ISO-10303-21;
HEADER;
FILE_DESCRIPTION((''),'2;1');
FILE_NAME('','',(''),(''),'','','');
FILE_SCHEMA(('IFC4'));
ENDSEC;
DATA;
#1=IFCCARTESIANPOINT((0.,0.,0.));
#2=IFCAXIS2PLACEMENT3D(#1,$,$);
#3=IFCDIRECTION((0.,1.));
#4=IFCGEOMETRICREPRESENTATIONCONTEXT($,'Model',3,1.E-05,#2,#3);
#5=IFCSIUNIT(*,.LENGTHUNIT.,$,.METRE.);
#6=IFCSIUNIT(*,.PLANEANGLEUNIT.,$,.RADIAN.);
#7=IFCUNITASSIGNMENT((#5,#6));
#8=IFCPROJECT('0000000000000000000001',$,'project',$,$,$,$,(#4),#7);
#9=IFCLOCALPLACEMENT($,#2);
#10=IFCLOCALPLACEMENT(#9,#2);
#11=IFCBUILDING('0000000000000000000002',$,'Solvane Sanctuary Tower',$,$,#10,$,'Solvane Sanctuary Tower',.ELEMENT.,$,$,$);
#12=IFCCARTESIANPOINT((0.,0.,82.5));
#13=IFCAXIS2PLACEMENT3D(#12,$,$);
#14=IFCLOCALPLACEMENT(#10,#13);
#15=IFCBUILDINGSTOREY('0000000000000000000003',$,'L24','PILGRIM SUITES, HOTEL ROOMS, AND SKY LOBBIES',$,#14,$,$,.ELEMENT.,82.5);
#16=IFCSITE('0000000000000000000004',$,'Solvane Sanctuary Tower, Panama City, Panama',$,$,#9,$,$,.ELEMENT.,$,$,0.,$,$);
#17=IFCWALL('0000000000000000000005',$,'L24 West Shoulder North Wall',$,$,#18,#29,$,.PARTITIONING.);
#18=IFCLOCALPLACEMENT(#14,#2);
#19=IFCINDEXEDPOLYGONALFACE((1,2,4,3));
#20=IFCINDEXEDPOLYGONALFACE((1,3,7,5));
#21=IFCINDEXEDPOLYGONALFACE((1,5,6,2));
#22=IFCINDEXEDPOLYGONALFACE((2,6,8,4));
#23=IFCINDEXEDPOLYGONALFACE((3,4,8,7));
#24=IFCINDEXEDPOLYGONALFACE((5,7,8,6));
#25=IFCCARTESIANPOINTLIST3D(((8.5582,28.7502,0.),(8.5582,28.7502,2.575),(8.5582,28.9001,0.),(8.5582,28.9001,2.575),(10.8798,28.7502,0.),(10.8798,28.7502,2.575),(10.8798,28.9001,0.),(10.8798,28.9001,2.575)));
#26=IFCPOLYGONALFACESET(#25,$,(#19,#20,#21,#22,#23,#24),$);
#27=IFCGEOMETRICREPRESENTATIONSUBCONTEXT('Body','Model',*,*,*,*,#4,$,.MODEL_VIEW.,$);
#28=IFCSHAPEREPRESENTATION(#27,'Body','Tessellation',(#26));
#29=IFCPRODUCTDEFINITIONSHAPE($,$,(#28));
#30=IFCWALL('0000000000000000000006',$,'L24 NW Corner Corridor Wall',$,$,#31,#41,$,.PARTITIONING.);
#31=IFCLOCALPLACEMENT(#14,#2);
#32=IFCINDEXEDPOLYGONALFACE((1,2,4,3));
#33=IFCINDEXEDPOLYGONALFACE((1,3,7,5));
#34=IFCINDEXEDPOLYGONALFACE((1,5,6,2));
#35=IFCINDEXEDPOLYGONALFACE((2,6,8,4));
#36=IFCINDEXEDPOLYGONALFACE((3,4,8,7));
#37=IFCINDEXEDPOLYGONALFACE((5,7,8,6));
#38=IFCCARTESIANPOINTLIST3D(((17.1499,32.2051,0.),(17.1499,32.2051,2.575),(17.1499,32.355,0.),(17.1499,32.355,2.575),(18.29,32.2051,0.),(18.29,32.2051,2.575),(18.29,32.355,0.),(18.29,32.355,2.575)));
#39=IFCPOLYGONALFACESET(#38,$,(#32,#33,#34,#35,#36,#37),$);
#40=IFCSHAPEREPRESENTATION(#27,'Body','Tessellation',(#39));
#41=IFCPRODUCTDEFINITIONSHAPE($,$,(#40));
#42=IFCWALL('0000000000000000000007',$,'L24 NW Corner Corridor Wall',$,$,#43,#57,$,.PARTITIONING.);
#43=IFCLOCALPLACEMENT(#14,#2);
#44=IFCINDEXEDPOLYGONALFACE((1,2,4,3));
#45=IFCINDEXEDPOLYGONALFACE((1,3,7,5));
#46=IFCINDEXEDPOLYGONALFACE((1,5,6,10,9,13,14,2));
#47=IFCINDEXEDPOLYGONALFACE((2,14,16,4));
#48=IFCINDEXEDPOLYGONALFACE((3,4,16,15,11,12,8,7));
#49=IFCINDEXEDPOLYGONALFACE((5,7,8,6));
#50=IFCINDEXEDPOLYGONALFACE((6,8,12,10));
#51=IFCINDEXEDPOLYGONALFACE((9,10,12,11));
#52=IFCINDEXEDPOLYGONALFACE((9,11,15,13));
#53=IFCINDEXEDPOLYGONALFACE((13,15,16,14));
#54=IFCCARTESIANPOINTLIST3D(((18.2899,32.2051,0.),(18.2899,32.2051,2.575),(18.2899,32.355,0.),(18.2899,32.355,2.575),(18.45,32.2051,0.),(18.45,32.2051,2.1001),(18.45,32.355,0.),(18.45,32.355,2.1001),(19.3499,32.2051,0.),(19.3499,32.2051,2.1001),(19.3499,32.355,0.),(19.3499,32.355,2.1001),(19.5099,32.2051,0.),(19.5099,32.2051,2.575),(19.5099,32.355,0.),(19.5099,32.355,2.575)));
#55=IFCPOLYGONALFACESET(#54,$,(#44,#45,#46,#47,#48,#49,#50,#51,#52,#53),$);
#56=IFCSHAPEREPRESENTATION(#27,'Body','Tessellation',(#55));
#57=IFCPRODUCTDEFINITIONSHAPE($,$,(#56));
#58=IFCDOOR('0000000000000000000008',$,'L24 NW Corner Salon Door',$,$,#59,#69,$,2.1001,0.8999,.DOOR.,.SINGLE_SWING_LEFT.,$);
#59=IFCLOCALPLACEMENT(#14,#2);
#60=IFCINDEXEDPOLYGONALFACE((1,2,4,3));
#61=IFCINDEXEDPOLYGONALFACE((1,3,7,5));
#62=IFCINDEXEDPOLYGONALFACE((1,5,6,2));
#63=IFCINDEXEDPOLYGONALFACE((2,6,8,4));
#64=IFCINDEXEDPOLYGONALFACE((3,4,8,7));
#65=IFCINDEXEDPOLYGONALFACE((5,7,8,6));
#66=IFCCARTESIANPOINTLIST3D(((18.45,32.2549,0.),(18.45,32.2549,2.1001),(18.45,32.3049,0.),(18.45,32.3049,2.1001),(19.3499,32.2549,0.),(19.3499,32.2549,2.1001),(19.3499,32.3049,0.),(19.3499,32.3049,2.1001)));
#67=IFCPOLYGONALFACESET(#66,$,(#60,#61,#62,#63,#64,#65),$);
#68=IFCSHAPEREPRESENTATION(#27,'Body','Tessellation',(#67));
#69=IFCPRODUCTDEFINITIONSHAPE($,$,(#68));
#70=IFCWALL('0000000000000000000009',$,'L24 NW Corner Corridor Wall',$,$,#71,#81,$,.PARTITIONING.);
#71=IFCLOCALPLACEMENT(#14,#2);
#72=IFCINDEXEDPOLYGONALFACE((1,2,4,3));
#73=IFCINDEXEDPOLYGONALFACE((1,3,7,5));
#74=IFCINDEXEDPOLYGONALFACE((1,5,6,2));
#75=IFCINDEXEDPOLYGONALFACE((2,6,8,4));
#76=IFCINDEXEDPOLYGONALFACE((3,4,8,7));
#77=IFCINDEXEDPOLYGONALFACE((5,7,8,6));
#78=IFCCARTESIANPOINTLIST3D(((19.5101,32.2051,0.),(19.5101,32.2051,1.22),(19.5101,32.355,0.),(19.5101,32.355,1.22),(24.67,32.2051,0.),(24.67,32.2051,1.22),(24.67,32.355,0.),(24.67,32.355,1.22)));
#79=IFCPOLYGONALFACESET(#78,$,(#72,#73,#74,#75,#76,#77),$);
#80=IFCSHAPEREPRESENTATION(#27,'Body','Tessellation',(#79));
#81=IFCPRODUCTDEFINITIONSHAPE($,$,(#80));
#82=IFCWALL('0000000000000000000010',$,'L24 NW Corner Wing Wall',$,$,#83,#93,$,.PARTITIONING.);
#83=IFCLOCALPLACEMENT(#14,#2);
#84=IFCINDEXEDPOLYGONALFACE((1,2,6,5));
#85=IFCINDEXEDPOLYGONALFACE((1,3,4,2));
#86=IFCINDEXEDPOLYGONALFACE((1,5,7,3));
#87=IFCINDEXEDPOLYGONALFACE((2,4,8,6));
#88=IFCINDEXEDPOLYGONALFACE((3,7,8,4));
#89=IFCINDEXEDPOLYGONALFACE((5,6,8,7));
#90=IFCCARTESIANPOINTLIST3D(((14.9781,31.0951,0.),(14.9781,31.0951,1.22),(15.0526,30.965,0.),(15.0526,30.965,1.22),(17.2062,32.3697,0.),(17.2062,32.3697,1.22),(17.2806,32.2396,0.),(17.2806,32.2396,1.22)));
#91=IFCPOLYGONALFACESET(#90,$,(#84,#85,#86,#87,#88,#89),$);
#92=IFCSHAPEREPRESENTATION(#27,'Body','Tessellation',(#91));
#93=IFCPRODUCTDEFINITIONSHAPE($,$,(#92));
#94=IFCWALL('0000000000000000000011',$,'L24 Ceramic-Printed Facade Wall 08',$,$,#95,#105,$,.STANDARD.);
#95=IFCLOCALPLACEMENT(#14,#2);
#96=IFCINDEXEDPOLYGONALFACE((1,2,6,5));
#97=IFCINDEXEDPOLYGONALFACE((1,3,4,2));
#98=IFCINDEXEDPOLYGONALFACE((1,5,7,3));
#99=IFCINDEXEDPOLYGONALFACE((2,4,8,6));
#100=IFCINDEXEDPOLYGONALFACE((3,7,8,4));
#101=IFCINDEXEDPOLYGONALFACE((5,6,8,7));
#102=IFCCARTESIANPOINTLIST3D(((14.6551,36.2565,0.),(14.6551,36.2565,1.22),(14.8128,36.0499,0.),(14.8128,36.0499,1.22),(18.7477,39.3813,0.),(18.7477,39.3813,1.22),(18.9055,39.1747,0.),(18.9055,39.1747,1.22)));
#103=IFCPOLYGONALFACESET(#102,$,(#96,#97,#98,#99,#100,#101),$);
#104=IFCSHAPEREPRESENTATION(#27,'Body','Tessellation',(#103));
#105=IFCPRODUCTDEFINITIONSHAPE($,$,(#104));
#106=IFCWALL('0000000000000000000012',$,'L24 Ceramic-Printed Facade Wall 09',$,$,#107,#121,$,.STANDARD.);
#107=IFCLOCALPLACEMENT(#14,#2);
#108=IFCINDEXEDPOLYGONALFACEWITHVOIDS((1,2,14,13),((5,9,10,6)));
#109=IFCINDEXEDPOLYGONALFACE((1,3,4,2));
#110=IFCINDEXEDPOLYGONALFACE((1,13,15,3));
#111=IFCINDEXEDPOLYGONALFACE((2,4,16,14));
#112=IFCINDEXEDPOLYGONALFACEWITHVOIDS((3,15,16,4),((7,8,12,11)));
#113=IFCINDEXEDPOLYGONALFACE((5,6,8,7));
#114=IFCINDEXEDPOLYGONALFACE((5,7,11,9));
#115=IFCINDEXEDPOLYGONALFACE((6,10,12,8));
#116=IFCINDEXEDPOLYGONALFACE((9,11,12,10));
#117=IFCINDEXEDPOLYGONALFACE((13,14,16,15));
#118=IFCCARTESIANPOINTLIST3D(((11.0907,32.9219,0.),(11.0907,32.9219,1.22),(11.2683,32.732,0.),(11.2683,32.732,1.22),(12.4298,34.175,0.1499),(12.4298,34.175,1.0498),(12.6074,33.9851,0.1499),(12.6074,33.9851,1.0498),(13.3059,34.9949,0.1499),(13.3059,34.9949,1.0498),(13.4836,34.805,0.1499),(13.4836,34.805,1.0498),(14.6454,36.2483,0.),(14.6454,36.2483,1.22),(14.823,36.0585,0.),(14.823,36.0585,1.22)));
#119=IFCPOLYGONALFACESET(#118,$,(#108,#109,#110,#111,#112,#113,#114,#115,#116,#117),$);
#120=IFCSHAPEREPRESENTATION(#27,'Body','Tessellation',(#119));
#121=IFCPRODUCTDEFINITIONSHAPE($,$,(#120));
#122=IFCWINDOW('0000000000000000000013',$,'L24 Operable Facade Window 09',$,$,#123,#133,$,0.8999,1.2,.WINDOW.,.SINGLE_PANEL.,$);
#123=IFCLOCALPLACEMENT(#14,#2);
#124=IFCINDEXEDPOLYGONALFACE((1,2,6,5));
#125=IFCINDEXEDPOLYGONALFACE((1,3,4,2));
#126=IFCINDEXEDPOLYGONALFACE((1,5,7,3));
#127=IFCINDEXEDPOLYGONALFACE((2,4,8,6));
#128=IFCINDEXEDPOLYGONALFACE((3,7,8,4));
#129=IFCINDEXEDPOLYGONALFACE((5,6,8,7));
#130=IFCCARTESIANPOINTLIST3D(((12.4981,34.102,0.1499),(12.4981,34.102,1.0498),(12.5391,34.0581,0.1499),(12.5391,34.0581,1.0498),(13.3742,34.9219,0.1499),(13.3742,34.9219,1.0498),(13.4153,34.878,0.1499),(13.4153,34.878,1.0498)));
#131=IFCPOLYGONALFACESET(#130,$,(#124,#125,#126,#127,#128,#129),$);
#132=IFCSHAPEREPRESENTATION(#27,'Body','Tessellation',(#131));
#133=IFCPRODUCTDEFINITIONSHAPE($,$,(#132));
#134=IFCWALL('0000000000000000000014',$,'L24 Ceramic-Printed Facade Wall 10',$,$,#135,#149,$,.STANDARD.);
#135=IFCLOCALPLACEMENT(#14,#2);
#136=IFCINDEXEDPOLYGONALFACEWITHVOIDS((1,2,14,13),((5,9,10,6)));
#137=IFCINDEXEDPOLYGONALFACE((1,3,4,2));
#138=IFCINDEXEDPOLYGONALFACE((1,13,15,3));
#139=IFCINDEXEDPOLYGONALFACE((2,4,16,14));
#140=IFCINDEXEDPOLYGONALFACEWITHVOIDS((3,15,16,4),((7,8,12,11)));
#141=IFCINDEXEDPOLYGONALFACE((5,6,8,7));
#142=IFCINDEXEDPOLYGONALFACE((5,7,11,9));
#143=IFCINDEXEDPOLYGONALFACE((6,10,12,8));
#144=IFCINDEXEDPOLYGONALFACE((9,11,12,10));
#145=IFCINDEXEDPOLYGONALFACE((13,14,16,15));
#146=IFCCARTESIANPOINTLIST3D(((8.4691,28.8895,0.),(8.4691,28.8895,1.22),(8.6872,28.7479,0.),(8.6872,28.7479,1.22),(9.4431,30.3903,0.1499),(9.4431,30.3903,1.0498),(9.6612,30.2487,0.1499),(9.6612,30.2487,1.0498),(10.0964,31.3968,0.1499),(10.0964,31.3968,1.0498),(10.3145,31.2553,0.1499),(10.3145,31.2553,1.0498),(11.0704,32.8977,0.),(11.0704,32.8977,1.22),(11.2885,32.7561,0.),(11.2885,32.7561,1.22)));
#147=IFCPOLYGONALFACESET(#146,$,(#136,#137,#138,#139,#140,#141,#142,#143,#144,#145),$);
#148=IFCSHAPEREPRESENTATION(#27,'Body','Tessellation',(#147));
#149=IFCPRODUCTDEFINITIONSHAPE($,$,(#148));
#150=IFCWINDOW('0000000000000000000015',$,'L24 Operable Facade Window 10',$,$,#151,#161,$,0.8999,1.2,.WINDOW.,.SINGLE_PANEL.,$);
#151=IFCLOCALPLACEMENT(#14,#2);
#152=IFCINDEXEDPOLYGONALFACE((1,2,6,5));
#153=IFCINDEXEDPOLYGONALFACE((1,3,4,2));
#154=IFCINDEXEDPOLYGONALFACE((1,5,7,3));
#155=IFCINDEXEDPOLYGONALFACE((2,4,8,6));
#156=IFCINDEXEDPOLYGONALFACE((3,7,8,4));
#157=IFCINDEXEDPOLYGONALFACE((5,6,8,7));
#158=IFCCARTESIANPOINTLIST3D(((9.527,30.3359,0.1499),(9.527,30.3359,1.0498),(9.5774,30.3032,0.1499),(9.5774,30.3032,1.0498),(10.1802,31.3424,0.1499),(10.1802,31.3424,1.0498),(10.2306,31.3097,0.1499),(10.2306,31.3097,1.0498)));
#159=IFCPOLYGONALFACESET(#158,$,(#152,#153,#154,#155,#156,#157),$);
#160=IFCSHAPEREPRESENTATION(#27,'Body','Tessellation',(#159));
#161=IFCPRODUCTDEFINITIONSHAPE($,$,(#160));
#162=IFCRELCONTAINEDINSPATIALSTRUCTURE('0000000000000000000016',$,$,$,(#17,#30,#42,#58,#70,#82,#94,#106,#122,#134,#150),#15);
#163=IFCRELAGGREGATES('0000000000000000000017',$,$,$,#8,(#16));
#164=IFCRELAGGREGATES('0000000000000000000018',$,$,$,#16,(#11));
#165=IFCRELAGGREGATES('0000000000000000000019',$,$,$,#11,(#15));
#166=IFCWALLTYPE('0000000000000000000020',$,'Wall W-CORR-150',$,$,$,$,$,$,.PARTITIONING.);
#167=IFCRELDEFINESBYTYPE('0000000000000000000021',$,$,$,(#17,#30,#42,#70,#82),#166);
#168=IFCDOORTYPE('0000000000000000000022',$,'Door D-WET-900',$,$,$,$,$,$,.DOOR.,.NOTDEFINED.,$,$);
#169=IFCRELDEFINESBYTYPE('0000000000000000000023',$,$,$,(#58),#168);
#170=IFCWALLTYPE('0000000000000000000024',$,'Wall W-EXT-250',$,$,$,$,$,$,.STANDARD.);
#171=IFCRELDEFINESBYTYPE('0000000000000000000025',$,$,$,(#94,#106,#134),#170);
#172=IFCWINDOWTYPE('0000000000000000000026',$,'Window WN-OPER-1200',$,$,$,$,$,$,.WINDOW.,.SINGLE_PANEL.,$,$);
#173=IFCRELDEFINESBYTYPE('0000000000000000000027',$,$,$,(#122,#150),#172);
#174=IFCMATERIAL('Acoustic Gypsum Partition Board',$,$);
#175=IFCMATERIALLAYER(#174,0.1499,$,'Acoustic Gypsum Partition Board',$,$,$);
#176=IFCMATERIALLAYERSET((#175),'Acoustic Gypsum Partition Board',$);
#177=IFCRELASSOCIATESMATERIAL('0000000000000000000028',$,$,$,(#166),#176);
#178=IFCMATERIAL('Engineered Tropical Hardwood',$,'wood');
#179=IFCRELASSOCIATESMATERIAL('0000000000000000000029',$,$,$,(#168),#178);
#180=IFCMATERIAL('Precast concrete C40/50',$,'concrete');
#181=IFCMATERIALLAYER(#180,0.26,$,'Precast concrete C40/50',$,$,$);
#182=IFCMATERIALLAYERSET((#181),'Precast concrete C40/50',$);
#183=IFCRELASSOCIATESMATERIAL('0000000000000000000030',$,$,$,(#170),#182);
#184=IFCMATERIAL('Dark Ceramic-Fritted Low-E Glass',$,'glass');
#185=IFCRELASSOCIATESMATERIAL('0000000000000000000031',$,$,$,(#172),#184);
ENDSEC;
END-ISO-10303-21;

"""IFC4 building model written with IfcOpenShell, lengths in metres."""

from ifc_helpers import new_model, si_unit, direction, frame, frame_2d, origin, place, context, subcontext, project, spatial, rectangle, extrude, material, layer, layer_set, type_object, element, fill, save


model = new_model("IFC4")

# Units and contexts
model_context = context("Model", 3, precision=1e-05, world=origin(), true_north=direction((0.0, 1.0)))
body_context = subcontext(model_context, "Body", "Model", "MODEL_VIEW")
ifc_project = project(units=[si_unit("LENGTHUNIT", "METRE"), si_unit("PLANEANGLEUNIT", "RADIAN")], contexts=[model_context])

# Site, building, storey
site_placement = place(None, origin())
site = spatial("IfcSite", under=ifc_project, at=site_placement, Name="Solvane Sanctuary Tower, Panama City, Panama", CompositionType="ELEMENT", RefElevation=0.0)
building_placement = place(site_placement, origin())
building = spatial("IfcBuilding", under=site, at=building_placement, Name="Solvane Sanctuary Tower", LongName="Solvane Sanctuary Tower", CompositionType="ELEMENT")
storey_placement = place(building_placement, frame((0.0, 0.0, 82.5)))
storey = spatial("IfcBuildingStorey", under=building, at=storey_placement, Name="L24", Description="PILGRIM SUITES, HOTEL ROOMS, AND SKY LOBBIES", CompositionType="ELEMENT", Elevation=82.5)

# Walls
ifc_material_1 = material(Name="Acoustic Gypsum Partition Board")
ifc_layer_1 = layer(ifc_material_1, 0.1499, Name="Acoustic Gypsum Partition Board")
ifc_layer_set_1 = layer_set([ifc_layer_1], Name="Acoustic Gypsum Partition Board")
wall_type_1 = type_object("IfcWallType", Name="Wall W-CORR-150", PredefinedType="PARTITIONING", material=ifc_layer_set_1)
wall_1_placement = place(storey_placement, frame((8.5583, 28.8252, 0.0), z_axis=(0.0, 0.0, 1.0), x_axis=(1.0, 0.0, 0.0)))
element("IfcWall", 1, at=wall_1_placement, inside=storey, type_object=wall_type_1, Name="L24 West Shoulder North Wall", PredefinedType="PARTITIONING", context=body_context, shape_type="SweptSolid", body=[
    extrude(rectangle(XDim=2.3215, YDim=0.1499, at=frame_2d((1.1606, 0.0))), origin(), (0.0, 0.0, 1.0), 2.575),
])
wall_2_placement = place(storey_placement, frame((17.1499, 32.28, 0.0), z_axis=(0.0, 0.0, 1.0), x_axis=(1.0, 0.0, 0.0)))
element("IfcWall", 2, at=wall_2_placement, inside=storey, type_object=wall_type_1, Name="L24 NW Corner Corridor Wall", PredefinedType="PARTITIONING", context=body_context, shape_type="SweptSolid", body=[
    extrude(rectangle(XDim=1.1401, YDim=0.1499, at=frame_2d((0.5701, 0.0))), origin(), (0.0, 0.0, 1.0), 2.575),
])

# Wall, opening, door
wall_3_placement = place(storey_placement, frame((18.29, 32.28, 0.0), z_axis=(0.0, 0.0, 1.0), x_axis=(1.0, 0.0, 0.0)))
wall_3 = element("IfcWall", 3, at=wall_3_placement, inside=storey, type_object=wall_type_1, Name="L24 NW Corner Corridor Wall", PredefinedType="PARTITIONING", context=body_context, shape_type="SweptSolid", body=[
    extrude(rectangle(XDim=1.22, YDim=0.1499, at=frame_2d((0.6099, 0.0))), origin(), (0.0, 0.0, 1.0), 2.575),
])
opening_1_placement = place(wall_3_placement, frame((0.1599, 0.0, 0.0)))
opening_1 = element("IfcOpeningElement", 4, at=opening_1_placement, cuts=wall_3, PredefinedType="OPENING", context=body_context, shape_type="SweptSolid", body=[
    extrude(rectangle(XDim=0.8999, YDim=2.1001, at=frame_2d((0.45, 1.05))), frame((0.0, 0.085, 0.0), z_axis=(0.0, -1.0, 0.0), x_axis=(1.0, 0.0, 0.0)), (0.0, 0.0, 1.0), 0.1699),
])
ifc_material_2 = material(Name="Engineered Tropical Hardwood", Category="wood")
door_type_1 = type_object("IfcDoorType", Name="Door D-WET-900", OperationType="NOTDEFINED", PredefinedType="DOOR", material=ifc_material_2)
door_1_placement = place(opening_1_placement, origin())
door_1 = element("IfcDoor", 5, at=door_1_placement, inside=storey, type_object=door_type_1, Name="L24 NW Corner Salon Door", OperationType="SINGLE_SWING_LEFT", OverallHeight=2.1001, OverallWidth=0.8999, PredefinedType="DOOR", context=body_context, shape_type="SweptSolid", body=[
    extrude(rectangle(XDim=0.8999, YDim=2.1001, at=frame_2d((0.45, 1.05))), frame((0.0, 0.0249, 0.0), z_axis=(0.0, -1.0, 0.0), x_axis=(1.0, 0.0, 0.0)), (0.0, 0.0, 1.0), 0.05),
])
fill(opening_1, door_1)

# Walls
wall_4_placement = place(storey_placement, frame((19.51, 32.28, 0.0), z_axis=(0.0, 0.0, 1.0), x_axis=(1.0, 0.0, 0.0)))
element("IfcWall", 6, at=wall_4_placement, inside=storey, type_object=wall_type_1, Name="L24 NW Corner Corridor Wall", PredefinedType="PARTITIONING", context=body_context, shape_type="SweptSolid", body=[
    extrude(rectangle(XDim=5.1599, YDim=0.1499, at=frame_2d((2.5801, 0.0))), origin(), (0.0, 0.0, 1.0), 1.22),
])
wall_5_placement = place(storey_placement, frame((17.2434, 32.3047, 0.0), z_axis=(0.0, 0.0, 1.0), x_axis=(-0.867991, -0.496579, 0.0)))
element("IfcWall", 7, at=wall_5_placement, inside=storey, type_object=wall_type_1, Name="L24 NW Corner Wing Wall", PredefinedType="PARTITIONING", context=body_context, shape_type="SweptSolid", body=[
    extrude(rectangle(XDim=2.5669, YDim=0.1499, at=frame_2d((1.2834, 0.0))), origin(), (0.0, 0.0, 1.0), 1.22),
])
ifc_material_3 = material(Name="Precast concrete C40/50", Category="concrete")
ifc_layer_2 = layer(ifc_material_3, 0.26, Name="Precast concrete C40/50")
ifc_layer_set_2 = layer_set([ifc_layer_2], Name="Precast concrete C40/50")
wall_type_2 = type_object("IfcWallType", Name="Wall W-EXT-250", PredefinedType="STANDARD", material=ifc_layer_set_2)
wall_6_placement = place(storey_placement, frame((18.8267, 39.2781, 0.0), z_axis=(0.0, 0.0, 1.0), x_axis=(-0.79481, -0.606859, 0.0)))
element("IfcWall", 8, at=wall_6_placement, inside=storey, type_object=wall_type_2, Name="L24 Ceramic-Printed Facade Wall 08", PredefinedType="STANDARD", context=body_context, shape_type="SweptSolid", body=[
    extrude(rectangle(XDim=5.1492, YDim=0.26, at=frame_2d((2.5747, 0.0))), origin(), (0.0, 0.0, 1.0), 1.22),
])

# Walls, openings, windows
wall_7_placement = place(storey_placement, frame((14.7341, 36.1533, 0.0), z_axis=(0.0, 0.0, 1.0), x_axis=(-0.730162, -0.683274, 0.0)))
wall_7 = element("IfcWall", 9, at=wall_7_placement, inside=storey, type_object=wall_type_2, Name="L24 Ceramic-Printed Facade Wall 09", PredefinedType="STANDARD", context=body_context, shape_type="SweptSolid", body=[
    extrude(rectangle(XDim=4.8684, YDim=0.26, at=frame_2d((2.4341, 0.0))), origin(), (0.0, 0.0, 1.0), 1.22),
])
opening_2_placement = place(wall_7_placement, frame((1.8342, 0.0, 0.1499)))
opening_2 = element("IfcOpeningElement", 10, at=opening_2_placement, cuts=wall_7, PredefinedType="OPENING", context=body_context, shape_type="SweptSolid", body=[
    extrude(rectangle(XDim=1.2, YDim=0.8999, at=frame_2d((0.6001, 0.45))), frame((0.0, 0.1399, 0.0), z_axis=(0.0, -1.0, 0.0), x_axis=(1.0, 0.0, 0.0)), (0.0, 0.0, 1.0), 0.28),
])
ifc_material_4 = material(Name="Dark Ceramic-Fritted Low-E Glass", Category="glass")
window_type_1 = type_object("IfcWindowType", Name="Window WN-OPER-1200", PartitioningType="SINGLE_PANEL", PredefinedType="WINDOW", material=ifc_material_4)
window_1_placement = place(opening_2_placement, origin())
window_1 = element("IfcWindow", 11, at=window_1_placement, inside=storey, type_object=window_type_1, Name="L24 Operable Facade Window 09", OverallHeight=0.8999, OverallWidth=1.2, PartitioningType="SINGLE_PANEL", PredefinedType="WINDOW", context=body_context, shape_type="SweptSolid", body=[
    extrude(rectangle(XDim=1.2, YDim=0.8999, at=frame_2d((0.6001, 0.45))), frame((0.0, 0.03, 0.0), z_axis=(0.0, -1.0, 0.0), x_axis=(1.0, 0.0, 0.0)), (0.0, 0.0, 1.0), 0.0601),
])
fill(opening_2, window_1)
wall_8_placement = place(storey_placement, frame((11.1794, 32.8269, 0.0), z_axis=(0.0, 0.0, 1.0), x_axis=(-0.544388, -0.838833, 0.0)))
wall_8 = element("IfcWall", 12, at=wall_8_placement, inside=storey, type_object=wall_type_2, Name="L24 Ceramic-Printed Facade Wall 10", PredefinedType="STANDARD", context=body_context, shape_type="SweptSolid", body=[
    extrude(rectangle(XDim=4.7783, YDim=0.26, at=frame_2d((2.3892, 0.0))), origin(), (0.0, 0.0, 1.0), 1.22),
])
opening_3_placement = place(wall_8_placement, frame((1.7891, 0.0, 0.1499)))
opening_3 = element("IfcOpeningElement", 13, at=opening_3_placement, cuts=wall_8, PredefinedType="OPENING", context=body_context, shape_type="SweptSolid", body=[
    extrude(rectangle(XDim=1.2, YDim=0.8999, at=frame_2d((0.6001, 0.45))), frame((0.0, 0.1399, 0.0), z_axis=(0.0, -1.0, 0.0), x_axis=(1.0, 0.0, 0.0)), (0.0, 0.0, 1.0), 0.28),
])
window_2_placement = place(opening_3_placement, origin())
window_2 = element("IfcWindow", 14, at=window_2_placement, inside=storey, type_object=window_type_1, Name="L24 Operable Facade Window 10", OverallHeight=0.8999, OverallWidth=1.2, PartitioningType="SINGLE_PANEL", PredefinedType="WINDOW", context=body_context, shape_type="SweptSolid", body=[
    extrude(rectangle(XDim=1.2, YDim=0.8999, at=frame_2d((0.6001, 0.45))), frame((0.0, 0.03, 0.0), z_axis=(0.0, -1.0, 0.0), x_axis=(1.0, 0.0, 0.0)), (0.0, 0.0, 1.0), 0.0601),
])
fill(opening_3, window_2)

save(model, "model.ifc")
